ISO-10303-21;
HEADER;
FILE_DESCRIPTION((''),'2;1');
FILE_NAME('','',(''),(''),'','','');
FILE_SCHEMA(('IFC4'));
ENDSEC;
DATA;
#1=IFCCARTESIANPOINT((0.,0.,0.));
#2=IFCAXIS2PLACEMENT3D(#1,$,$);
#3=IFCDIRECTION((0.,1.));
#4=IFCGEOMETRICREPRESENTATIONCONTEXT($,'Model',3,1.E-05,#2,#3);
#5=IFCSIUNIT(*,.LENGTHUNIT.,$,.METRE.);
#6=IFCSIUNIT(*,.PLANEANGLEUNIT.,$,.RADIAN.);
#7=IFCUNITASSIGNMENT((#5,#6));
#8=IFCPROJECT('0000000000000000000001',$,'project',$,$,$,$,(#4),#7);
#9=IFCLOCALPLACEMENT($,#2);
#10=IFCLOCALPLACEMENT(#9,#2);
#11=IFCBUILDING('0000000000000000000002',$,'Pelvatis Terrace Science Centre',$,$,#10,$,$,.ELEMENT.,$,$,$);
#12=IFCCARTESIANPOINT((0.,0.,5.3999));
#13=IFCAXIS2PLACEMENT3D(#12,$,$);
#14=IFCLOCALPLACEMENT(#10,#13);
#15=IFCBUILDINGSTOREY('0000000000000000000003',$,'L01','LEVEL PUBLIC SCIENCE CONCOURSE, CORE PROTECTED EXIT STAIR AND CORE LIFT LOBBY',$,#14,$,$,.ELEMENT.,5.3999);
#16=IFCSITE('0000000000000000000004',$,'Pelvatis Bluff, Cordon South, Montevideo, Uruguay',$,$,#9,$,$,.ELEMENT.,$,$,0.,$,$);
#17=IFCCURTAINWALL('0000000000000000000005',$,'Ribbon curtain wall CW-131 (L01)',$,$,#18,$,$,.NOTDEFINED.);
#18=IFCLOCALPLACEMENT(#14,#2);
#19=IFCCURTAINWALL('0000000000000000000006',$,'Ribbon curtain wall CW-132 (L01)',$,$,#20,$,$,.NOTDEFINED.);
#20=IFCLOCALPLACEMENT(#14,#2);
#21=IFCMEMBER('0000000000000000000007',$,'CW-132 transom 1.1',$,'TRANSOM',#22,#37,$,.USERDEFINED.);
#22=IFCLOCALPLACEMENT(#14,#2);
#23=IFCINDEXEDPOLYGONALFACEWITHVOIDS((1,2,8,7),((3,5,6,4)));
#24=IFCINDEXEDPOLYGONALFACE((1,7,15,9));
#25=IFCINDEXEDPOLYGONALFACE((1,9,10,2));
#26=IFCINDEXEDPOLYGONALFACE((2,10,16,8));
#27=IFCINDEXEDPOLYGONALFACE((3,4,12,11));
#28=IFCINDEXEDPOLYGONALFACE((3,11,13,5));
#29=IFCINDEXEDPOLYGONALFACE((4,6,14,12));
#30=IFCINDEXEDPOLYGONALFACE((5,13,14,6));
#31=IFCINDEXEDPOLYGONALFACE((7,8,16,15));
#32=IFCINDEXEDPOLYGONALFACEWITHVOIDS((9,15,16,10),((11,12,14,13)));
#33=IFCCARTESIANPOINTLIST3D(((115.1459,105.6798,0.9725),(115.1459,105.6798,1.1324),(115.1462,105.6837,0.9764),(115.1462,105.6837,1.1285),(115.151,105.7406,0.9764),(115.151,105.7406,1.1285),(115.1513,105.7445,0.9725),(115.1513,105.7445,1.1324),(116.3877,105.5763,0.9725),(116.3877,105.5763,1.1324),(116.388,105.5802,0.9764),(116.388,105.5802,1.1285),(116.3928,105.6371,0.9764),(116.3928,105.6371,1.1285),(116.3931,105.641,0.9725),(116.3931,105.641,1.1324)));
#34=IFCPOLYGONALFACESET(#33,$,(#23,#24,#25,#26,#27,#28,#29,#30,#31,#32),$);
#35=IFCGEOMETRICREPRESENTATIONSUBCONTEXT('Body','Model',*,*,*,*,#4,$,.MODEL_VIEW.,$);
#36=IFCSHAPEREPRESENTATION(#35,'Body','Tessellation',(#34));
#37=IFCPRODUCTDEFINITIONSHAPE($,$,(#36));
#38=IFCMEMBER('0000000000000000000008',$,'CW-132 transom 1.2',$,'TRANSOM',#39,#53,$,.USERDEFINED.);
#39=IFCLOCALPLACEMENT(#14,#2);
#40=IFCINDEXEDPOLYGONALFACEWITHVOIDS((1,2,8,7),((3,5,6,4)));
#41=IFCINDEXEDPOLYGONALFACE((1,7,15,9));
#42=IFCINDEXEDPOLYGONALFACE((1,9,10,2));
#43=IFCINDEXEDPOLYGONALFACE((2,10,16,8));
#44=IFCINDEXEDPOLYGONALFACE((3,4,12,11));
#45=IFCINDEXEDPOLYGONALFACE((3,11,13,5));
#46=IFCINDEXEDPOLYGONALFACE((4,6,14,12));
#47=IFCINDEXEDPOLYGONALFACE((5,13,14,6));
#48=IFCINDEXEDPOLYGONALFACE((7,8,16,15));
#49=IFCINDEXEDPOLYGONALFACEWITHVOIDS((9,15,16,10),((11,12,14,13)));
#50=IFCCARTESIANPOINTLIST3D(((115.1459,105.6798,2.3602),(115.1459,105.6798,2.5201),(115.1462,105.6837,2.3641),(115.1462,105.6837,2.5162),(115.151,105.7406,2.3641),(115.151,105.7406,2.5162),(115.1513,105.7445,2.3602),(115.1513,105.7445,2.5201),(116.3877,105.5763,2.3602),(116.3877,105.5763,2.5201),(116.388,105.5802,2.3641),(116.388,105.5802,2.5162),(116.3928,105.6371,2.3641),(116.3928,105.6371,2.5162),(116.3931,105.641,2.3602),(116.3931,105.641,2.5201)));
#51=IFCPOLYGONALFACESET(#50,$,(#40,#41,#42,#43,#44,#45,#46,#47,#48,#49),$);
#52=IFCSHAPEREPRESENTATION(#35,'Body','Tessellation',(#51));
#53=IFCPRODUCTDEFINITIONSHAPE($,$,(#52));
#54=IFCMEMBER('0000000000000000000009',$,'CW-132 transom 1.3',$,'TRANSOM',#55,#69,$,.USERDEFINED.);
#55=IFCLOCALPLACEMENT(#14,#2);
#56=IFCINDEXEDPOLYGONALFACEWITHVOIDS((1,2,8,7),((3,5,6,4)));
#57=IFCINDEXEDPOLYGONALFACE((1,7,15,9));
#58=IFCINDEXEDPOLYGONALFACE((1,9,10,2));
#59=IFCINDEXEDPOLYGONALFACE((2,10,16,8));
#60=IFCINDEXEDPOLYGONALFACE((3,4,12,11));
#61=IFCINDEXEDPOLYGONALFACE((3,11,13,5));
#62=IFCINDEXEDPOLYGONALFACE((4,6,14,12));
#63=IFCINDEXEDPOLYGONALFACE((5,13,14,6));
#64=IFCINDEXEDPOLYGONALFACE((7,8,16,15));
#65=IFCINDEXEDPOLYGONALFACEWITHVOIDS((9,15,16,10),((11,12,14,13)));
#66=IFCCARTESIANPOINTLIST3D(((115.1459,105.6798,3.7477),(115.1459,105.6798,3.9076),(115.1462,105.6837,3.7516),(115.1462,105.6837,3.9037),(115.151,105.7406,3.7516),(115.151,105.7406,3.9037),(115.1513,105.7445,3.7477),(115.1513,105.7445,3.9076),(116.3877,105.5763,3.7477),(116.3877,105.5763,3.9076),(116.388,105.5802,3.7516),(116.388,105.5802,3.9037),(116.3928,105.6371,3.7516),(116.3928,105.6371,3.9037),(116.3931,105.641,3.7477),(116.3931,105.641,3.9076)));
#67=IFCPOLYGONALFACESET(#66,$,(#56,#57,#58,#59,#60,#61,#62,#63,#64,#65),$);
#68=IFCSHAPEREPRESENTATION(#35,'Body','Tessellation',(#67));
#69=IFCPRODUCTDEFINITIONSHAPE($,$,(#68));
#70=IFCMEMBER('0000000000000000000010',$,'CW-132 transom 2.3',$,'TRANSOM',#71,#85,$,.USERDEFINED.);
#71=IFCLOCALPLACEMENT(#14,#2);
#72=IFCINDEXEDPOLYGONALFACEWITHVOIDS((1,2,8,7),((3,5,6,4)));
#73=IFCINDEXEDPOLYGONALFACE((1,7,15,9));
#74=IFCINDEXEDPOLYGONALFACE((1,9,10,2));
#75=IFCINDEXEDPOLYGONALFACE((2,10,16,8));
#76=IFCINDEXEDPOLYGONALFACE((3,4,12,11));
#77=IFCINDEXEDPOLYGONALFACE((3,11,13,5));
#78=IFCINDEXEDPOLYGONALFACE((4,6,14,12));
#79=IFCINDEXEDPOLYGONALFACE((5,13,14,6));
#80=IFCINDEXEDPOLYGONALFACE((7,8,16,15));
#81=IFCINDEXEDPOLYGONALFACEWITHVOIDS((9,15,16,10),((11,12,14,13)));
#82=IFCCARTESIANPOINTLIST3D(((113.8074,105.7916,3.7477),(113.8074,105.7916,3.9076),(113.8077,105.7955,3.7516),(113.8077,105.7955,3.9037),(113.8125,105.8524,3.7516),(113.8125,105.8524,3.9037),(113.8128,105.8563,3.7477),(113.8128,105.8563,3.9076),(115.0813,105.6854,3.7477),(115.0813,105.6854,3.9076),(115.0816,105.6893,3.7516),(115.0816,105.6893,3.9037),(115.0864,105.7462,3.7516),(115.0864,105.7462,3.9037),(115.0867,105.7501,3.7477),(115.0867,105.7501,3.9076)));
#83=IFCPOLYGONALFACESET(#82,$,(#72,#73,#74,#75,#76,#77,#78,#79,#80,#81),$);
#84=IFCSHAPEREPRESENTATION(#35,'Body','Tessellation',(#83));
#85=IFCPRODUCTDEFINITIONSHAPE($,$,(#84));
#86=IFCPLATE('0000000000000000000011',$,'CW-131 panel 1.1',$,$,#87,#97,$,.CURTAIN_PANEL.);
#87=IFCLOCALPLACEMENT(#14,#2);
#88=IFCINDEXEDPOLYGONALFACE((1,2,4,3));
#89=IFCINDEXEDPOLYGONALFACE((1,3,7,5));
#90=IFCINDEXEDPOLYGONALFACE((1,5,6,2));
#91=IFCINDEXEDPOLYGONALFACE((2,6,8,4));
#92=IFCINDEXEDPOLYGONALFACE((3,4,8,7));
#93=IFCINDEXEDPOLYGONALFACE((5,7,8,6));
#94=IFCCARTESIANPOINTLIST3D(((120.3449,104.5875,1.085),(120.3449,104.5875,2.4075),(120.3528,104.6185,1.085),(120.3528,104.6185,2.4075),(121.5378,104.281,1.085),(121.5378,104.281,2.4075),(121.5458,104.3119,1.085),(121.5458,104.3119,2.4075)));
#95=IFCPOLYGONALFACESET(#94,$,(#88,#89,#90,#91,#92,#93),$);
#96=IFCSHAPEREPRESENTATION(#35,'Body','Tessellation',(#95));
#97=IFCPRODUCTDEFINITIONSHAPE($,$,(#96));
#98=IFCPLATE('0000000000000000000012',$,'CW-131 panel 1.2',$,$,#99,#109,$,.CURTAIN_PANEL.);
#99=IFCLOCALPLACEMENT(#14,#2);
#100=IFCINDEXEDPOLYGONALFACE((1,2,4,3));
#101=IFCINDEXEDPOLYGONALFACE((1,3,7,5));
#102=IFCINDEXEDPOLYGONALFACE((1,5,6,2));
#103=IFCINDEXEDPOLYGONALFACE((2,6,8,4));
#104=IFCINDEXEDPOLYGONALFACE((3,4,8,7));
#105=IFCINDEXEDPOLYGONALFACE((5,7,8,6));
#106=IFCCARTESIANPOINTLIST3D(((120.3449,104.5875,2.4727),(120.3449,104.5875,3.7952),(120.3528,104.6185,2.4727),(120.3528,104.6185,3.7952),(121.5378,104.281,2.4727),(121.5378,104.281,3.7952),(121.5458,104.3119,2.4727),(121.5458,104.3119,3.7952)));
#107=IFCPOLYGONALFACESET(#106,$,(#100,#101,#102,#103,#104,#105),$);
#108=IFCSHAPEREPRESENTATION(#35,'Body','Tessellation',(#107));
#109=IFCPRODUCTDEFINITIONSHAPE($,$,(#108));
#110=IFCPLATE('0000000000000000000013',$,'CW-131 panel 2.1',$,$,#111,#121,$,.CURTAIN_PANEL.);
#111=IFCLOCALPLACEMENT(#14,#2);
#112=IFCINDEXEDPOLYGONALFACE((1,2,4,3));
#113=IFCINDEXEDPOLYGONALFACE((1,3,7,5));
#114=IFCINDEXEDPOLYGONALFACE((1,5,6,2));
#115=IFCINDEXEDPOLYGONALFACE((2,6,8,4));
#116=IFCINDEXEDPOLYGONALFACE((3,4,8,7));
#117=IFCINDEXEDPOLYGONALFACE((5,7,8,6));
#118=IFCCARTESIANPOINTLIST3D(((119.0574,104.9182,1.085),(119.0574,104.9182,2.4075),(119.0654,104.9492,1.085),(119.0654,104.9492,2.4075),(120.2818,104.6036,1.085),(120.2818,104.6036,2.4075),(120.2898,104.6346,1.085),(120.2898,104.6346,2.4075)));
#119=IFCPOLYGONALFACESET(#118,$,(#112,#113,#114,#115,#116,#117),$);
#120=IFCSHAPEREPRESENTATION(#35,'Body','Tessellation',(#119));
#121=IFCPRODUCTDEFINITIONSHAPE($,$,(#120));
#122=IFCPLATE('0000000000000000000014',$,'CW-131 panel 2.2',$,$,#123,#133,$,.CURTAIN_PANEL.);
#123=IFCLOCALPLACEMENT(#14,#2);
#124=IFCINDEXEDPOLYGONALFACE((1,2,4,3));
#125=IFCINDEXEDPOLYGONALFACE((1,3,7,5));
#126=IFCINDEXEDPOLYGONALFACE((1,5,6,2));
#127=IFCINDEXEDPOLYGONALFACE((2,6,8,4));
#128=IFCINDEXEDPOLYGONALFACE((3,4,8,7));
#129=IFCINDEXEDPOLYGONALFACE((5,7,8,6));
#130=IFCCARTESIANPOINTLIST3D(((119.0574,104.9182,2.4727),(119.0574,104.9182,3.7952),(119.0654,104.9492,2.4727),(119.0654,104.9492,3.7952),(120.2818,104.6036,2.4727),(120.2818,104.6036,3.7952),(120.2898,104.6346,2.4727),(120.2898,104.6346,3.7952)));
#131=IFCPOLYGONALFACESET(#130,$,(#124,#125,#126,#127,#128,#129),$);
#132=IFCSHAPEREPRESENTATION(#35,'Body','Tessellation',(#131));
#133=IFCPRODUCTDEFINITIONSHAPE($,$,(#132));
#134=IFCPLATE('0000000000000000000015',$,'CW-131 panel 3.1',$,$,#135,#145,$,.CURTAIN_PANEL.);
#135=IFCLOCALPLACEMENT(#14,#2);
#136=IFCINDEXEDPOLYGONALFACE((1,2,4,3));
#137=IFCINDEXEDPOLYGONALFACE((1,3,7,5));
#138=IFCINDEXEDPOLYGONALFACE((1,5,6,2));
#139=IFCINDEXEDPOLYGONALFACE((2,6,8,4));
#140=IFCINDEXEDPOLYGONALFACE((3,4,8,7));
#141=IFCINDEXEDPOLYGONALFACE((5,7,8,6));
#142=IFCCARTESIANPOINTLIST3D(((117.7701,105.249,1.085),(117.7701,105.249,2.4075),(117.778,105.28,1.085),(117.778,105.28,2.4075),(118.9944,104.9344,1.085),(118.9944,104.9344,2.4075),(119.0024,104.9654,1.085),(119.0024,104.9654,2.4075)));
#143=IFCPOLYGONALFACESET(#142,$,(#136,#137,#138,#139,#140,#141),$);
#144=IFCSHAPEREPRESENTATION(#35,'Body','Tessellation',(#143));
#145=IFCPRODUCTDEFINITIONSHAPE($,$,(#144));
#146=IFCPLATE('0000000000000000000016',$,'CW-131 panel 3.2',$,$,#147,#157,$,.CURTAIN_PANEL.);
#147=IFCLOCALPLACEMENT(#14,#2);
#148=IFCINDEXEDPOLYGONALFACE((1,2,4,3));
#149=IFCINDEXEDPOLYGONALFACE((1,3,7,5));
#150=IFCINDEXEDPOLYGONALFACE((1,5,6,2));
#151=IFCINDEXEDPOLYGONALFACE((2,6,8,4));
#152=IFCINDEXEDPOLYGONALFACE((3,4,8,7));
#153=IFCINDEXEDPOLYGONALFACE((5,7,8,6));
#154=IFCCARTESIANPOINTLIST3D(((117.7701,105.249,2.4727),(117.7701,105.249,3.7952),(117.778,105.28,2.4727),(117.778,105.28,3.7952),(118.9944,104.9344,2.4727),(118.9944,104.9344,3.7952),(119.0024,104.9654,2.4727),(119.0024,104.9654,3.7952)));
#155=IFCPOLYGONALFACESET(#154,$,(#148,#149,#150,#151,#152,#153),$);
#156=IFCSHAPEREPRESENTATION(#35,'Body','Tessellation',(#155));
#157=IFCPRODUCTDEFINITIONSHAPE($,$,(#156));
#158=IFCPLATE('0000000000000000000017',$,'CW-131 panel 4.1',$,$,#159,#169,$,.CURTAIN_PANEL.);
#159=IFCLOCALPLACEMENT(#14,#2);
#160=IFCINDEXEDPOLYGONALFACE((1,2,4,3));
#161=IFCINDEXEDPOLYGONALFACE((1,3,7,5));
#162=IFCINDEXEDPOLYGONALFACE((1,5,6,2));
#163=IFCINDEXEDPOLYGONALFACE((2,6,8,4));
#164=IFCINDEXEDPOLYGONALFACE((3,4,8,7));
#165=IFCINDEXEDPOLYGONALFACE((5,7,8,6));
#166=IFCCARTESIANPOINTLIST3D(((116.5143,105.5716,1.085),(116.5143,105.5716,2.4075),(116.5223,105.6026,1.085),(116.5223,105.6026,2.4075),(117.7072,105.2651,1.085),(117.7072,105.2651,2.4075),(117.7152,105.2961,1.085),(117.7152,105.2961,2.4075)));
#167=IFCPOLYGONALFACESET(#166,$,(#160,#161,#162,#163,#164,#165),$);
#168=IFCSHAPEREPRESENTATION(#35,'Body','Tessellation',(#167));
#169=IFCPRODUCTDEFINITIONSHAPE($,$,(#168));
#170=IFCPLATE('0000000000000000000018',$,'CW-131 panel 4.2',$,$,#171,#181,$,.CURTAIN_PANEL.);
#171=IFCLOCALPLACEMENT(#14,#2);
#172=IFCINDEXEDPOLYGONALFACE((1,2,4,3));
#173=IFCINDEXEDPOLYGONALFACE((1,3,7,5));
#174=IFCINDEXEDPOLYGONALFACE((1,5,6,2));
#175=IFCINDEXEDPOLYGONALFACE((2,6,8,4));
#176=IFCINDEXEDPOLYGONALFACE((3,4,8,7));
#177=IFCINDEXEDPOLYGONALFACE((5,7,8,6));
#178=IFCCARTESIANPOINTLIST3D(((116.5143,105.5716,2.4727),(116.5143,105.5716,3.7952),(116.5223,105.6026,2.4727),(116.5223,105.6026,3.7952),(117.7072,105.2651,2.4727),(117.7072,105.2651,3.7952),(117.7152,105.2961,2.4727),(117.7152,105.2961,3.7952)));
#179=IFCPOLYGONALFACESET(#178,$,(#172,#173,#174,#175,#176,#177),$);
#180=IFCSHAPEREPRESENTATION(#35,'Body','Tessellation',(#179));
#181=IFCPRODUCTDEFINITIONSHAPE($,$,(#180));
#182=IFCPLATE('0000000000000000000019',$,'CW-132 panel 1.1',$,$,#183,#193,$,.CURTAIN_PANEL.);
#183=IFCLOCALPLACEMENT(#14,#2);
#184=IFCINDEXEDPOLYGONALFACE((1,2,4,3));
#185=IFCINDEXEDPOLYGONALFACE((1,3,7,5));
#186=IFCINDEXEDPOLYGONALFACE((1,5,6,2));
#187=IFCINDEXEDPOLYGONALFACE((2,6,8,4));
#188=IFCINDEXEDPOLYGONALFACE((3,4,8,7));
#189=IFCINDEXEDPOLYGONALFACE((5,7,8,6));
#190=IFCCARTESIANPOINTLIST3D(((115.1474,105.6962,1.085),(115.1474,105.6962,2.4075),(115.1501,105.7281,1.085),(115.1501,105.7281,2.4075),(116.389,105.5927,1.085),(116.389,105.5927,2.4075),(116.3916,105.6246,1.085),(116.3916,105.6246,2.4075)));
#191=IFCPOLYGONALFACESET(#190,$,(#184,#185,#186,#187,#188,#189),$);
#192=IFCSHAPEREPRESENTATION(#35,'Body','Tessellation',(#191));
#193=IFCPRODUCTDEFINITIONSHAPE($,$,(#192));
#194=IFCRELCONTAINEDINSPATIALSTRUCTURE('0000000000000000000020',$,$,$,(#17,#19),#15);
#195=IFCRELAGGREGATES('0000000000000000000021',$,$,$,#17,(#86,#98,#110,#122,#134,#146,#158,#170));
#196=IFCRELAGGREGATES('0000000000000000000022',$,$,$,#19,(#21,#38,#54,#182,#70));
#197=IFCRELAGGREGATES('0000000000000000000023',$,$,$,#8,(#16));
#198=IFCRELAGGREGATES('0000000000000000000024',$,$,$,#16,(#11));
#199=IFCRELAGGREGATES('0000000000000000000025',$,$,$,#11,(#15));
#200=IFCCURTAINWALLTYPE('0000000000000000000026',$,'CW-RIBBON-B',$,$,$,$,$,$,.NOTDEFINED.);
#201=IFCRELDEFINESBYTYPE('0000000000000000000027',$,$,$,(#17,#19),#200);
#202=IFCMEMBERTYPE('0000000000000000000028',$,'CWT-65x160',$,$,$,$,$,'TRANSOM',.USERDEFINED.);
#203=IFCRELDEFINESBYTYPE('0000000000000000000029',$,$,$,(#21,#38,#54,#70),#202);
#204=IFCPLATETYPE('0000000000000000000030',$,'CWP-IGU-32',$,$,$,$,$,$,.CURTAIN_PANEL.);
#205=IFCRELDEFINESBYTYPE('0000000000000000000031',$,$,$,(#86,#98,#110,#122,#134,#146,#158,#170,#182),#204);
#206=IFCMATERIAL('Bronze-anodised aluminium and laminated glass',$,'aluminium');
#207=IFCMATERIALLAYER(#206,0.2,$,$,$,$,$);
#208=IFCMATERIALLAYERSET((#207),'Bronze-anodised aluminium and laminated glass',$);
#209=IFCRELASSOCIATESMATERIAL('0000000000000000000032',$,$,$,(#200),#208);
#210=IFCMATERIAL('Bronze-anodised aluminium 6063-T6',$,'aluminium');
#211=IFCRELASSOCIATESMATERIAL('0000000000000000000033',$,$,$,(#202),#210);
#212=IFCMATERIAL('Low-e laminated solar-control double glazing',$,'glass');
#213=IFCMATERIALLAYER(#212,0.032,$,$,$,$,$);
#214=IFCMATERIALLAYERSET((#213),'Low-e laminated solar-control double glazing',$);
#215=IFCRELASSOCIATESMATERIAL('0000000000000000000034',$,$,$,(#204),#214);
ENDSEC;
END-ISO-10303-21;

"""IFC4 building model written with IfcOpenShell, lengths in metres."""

from ifc_helpers import new_model, si_unit, direction, frame, origin, origin_2d, place, context, subcontext, project, spatial, rectangle, hollow_rectangle, extrude, material, layer, layer_set, material_profile, profile_set, type_object, element, aggregate, save


model = new_model("IFC4")

# Units and contexts
model_context = context("Model", 3, precision=1e-05, world=origin(), true_north=direction((0.0, 1.0)))
body_context = subcontext(model_context, "Body", "Model", "MODEL_VIEW")
ifc_project = project(units=[si_unit("LENGTHUNIT", "METRE"), si_unit("PLANEANGLEUNIT", "RADIAN")], contexts=[model_context])

# Site, building, storey
site_placement = place(None, origin())
site = spatial("IfcSite", under=ifc_project, at=site_placement, Name="Pelvatis Bluff, Cordon South, Montevideo, Uruguay", CompositionType="ELEMENT", RefElevation=0.0)
building_placement = place(site_placement, origin())
building = spatial("IfcBuilding", under=site, at=building_placement, Name="Pelvatis Terrace Science Centre", CompositionType="ELEMENT")
storey_placement = place(building_placement, frame((0.0, 0.0, 5.3999)))
storey = spatial("IfcBuildingStorey", under=building, at=storey_placement, Name="L01", Description="LEVEL PUBLIC SCIENCE CONCOURSE, CORE PROTECTED EXIT STAIR AND CORE LIFT LOBBY", CompositionType="ELEMENT", Elevation=5.3999)

# Curtain walls
ifc_material_1 = material(Name="Bronze-anodised aluminium and laminated glass", Category="aluminium")
ifc_layer_1 = layer(ifc_material_1, 0.2)
ifc_layer_set_1 = layer_set([ifc_layer_1], Name="Bronze-anodised aluminium and laminated glass")
curtain_wall_type = type_object("IfcCurtainWallType", Name="CW-RIBBON-B", PredefinedType="NOTDEFINED", material=ifc_layer_set_1)
curtain_wall_1_placement = place(storey_placement, origin())
curtain_wall_1 = element("IfcCurtainWall", 1, at=curtain_wall_1_placement, inside=storey, type_object=curtain_wall_type, Name="Ribbon curtain wall CW-131 (L01)", PredefinedType="NOTDEFINED")
curtain_wall_2_placement = place(storey_placement, origin())
curtain_wall_2 = element("IfcCurtainWall", 2, at=curtain_wall_2_placement, inside=storey, type_object=curtain_wall_type, Name="Ribbon curtain wall CW-132 (L01)", PredefinedType="NOTDEFINED")

# Members
ifc_material_2 = material(Name="Bronze-anodised aluminium 6063-T6", Category="aluminium")
ifc_material_profile_1 = material_profile(ifc_material_2, hollow_rectangle(XDim=0.0649, YDim=0.1599, WallThickness=0.0039, at=origin_2d()), Name="ALU-TRN 65x160")
ifc_profile_set_1 = profile_set([ifc_material_profile_1], Name="Bronze-anodised aluminium 6063-T6")
member_type_1 = type_object("IfcMemberType", Name="CWT-65x160", ElementType="TRANSOM", PredefinedType="USERDEFINED", material=ifc_profile_set_1)
member_1_placement = place(storey_placement, frame((116.3904, 105.6086, 1.0525), z_axis=(-0.996543, 0.083078, 0.0), x_axis=(-0.083078, -0.996543, 0.0)))
member_1 = element("IfcMember", 3, at=member_1_placement, type_object=member_type_1, Name="CW-132 transom 1.1", ObjectType="TRANSOM", PredefinedType="USERDEFINED", context=body_context, shape_type="SweptSolid", body=[
    extrude(hollow_rectangle(XDim=0.0649, YDim=0.1599, WallThickness=0.0039, at=origin_2d()), origin(), (0.0, 0.0, 1.0), 1.2461),
])
member_2_placement = place(storey_placement, frame((116.3904, 105.6086, 2.4402), z_axis=(-0.996543, 0.083078, 0.0), x_axis=(-0.083078, -0.996543, 0.0)))
member_2 = element("IfcMember", 4, at=member_2_placement, type_object=member_type_1, Name="CW-132 transom 1.2", ObjectType="TRANSOM", PredefinedType="USERDEFINED", context=body_context, shape_type="SweptSolid", body=[
    extrude(hollow_rectangle(XDim=0.0649, YDim=0.1599, WallThickness=0.0039, at=origin_2d()), origin(), (0.0, 0.0, 1.0), 1.2461),
])
member_3_placement = place(storey_placement, frame((116.3904, 105.6086, 3.8276), z_axis=(-0.996543, 0.083078, 0.0), x_axis=(-0.083078, -0.996543, 0.0)))
member_3 = element("IfcMember", 5, at=member_3_placement, type_object=member_type_1, Name="CW-132 transom 1.3", ObjectType="TRANSOM", PredefinedType="USERDEFINED", context=body_context, shape_type="SweptSolid", body=[
    extrude(hollow_rectangle(XDim=0.0649, YDim=0.1599, WallThickness=0.0039, at=origin_2d()), origin(), (0.0, 0.0, 1.0), 1.2461),
])
member_4_placement = place(storey_placement, frame((115.084, 105.7178, 3.8276), z_axis=(-0.996543, 0.083077, 0.0), x_axis=(-0.083077, -0.996543, 0.0)))
member_4 = element("IfcMember", 6, at=member_4_placement, type_object=member_type_1, Name="CW-132 transom 2.3", ObjectType="TRANSOM", PredefinedType="USERDEFINED", context=body_context, shape_type="SweptSolid", body=[
    extrude(hollow_rectangle(XDim=0.0649, YDim=0.1599, WallThickness=0.0039, at=origin_2d()), origin(), (0.0, 0.0, 1.0), 1.2783),
])

# Plates
ifc_material_3 = material(Name="Low-e laminated solar-control double glazing", Category="glass")
ifc_layer_2 = layer(ifc_material_3, 0.032)
ifc_layer_set_2 = layer_set([ifc_layer_2], Name="Low-e laminated solar-control double glazing")
plate_type = type_object("IfcPlateType", Name="CWP-IGU-32", PredefinedType="CURTAIN_PANEL", material=ifc_layer_set_2)
plate_1_placement = place(storey_placement, frame((120.9453, 104.4497, 1.085), z_axis=(0.0, 0.0, 1.0), x_axis=(-0.968541, 0.248855, 0.0)))
plate_1 = element("IfcPlate", 7, at=plate_1_placement, type_object=plate_type, Name="CW-131 panel 1.1", PredefinedType="CURTAIN_PANEL", context=body_context, shape_type="SweptSolid", body=[
    extrude(rectangle(XDim=1.2317, YDim=0.032, at=origin_2d()), origin(), (0.0, 0.0, 1.0), 1.3225),
])
plate_2_placement = place(storey_placement, frame((120.9453, 104.4497, 2.4727), z_axis=(0.0, 0.0, 1.0), x_axis=(-0.968541, 0.248855, 0.0)))
plate_2 = element("IfcPlate", 8, at=plate_2_placement, type_object=plate_type, Name="CW-131 panel 1.2", PredefinedType="CURTAIN_PANEL", context=body_context, shape_type="SweptSolid", body=[
    extrude(rectangle(XDim=1.2317, YDim=0.032, at=origin_2d()), origin(), (0.0, 0.0, 1.0), 1.3225),
])
plate_3_placement = place(storey_placement, frame((119.6736, 104.7764, 1.085), z_axis=(0.0, 0.0, 1.0), x_axis=(-0.968541, 0.248855, 0.0)))
plate_3 = element("IfcPlate", 9, at=plate_3_placement, type_object=plate_type, Name="CW-131 panel 2.1", PredefinedType="CURTAIN_PANEL", context=body_context, shape_type="SweptSolid", body=[
    extrude(rectangle(XDim=1.2642, YDim=0.032, at=origin_2d()), origin(), (0.0, 0.0, 1.0), 1.3225),
])
plate_4_placement = place(storey_placement, frame((119.6736, 104.7764, 2.4727), z_axis=(0.0, 0.0, 1.0), x_axis=(-0.968541, 0.248855, 0.0)))
plate_4 = element("IfcPlate", 10, at=plate_4_placement, type_object=plate_type, Name="CW-131 panel 2.2", PredefinedType="CURTAIN_PANEL", context=body_context, shape_type="SweptSolid", body=[
    extrude(rectangle(XDim=1.2642, YDim=0.032, at=origin_2d()), origin(), (0.0, 0.0, 1.0), 1.3225),
])
plate_5_placement = place(storey_placement, frame((118.3862, 105.1072, 1.085), z_axis=(0.0, 0.0, 1.0), x_axis=(-0.968541, 0.248855, 0.0)))
plate_5 = element("IfcPlate", 11, at=plate_5_placement, type_object=plate_type, Name="CW-131 panel 3.1", PredefinedType="CURTAIN_PANEL", context=body_context, shape_type="SweptSolid", body=[
    extrude(rectangle(XDim=1.2642, YDim=0.032, at=origin_2d()), origin(), (0.0, 0.0, 1.0), 1.3225),
])
plate_6_placement = place(storey_placement, frame((118.3862, 105.1072, 2.4727), z_axis=(0.0, 0.0, 1.0), x_axis=(-0.968541, 0.248855, 0.0)))
plate_6 = element("IfcPlate", 12, at=plate_6_placement, type_object=plate_type, Name="CW-131 panel 3.2", PredefinedType="CURTAIN_PANEL", context=body_context, shape_type="SweptSolid", body=[
    extrude(rectangle(XDim=1.2642, YDim=0.032, at=origin_2d()), origin(), (0.0, 0.0, 1.0), 1.3225),
])
plate_7_placement = place(storey_placement, frame((117.1147, 105.4338, 1.085), z_axis=(0.0, 0.0, 1.0), x_axis=(-0.968541, 0.248855, 0.0)))
plate_7 = element("IfcPlate", 13, at=plate_7_placement, type_object=plate_type, Name="CW-131 panel 4.1", PredefinedType="CURTAIN_PANEL", context=body_context, shape_type="SweptSolid", body=[
    extrude(rectangle(XDim=1.2317, YDim=0.032, at=origin_2d()), origin(), (0.0, 0.0, 1.0), 1.3225),
])
plate_8_placement = place(storey_placement, frame((117.1147, 105.4338, 2.4727), z_axis=(0.0, 0.0, 1.0), x_axis=(-0.968541, 0.248855, 0.0)))
plate_8 = element("IfcPlate", 14, at=plate_8_placement, type_object=plate_type, Name="CW-131 panel 4.2", PredefinedType="CURTAIN_PANEL", context=body_context, shape_type="SweptSolid", body=[
    extrude(rectangle(XDim=1.2317, YDim=0.032, at=origin_2d()), origin(), (0.0, 0.0, 1.0), 1.3225),
])
aggregate(curtain_wall_1, [plate_1, plate_2, plate_3, plate_4, plate_5, plate_6, plate_7, plate_8])
plate_9_placement = place(storey_placement, frame((115.7695, 105.6604, 1.085), z_axis=(0.0, 0.0, 1.0), x_axis=(-0.996539, 0.083126, 0.0)))
plate_9 = element("IfcPlate", 15, at=plate_9_placement, type_object=plate_type, Name="CW-132 panel 1.1", PredefinedType="CURTAIN_PANEL", context=body_context, shape_type="SweptSolid", body=[
    extrude(rectangle(XDim=1.2458, YDim=0.032, at=origin_2d()), origin(), (0.0, 0.0, 1.0), 1.3225),
])
aggregate(curtain_wall_2, [member_1, member_2, member_3, plate_9, member_4])

save(model, "model.ifc")
